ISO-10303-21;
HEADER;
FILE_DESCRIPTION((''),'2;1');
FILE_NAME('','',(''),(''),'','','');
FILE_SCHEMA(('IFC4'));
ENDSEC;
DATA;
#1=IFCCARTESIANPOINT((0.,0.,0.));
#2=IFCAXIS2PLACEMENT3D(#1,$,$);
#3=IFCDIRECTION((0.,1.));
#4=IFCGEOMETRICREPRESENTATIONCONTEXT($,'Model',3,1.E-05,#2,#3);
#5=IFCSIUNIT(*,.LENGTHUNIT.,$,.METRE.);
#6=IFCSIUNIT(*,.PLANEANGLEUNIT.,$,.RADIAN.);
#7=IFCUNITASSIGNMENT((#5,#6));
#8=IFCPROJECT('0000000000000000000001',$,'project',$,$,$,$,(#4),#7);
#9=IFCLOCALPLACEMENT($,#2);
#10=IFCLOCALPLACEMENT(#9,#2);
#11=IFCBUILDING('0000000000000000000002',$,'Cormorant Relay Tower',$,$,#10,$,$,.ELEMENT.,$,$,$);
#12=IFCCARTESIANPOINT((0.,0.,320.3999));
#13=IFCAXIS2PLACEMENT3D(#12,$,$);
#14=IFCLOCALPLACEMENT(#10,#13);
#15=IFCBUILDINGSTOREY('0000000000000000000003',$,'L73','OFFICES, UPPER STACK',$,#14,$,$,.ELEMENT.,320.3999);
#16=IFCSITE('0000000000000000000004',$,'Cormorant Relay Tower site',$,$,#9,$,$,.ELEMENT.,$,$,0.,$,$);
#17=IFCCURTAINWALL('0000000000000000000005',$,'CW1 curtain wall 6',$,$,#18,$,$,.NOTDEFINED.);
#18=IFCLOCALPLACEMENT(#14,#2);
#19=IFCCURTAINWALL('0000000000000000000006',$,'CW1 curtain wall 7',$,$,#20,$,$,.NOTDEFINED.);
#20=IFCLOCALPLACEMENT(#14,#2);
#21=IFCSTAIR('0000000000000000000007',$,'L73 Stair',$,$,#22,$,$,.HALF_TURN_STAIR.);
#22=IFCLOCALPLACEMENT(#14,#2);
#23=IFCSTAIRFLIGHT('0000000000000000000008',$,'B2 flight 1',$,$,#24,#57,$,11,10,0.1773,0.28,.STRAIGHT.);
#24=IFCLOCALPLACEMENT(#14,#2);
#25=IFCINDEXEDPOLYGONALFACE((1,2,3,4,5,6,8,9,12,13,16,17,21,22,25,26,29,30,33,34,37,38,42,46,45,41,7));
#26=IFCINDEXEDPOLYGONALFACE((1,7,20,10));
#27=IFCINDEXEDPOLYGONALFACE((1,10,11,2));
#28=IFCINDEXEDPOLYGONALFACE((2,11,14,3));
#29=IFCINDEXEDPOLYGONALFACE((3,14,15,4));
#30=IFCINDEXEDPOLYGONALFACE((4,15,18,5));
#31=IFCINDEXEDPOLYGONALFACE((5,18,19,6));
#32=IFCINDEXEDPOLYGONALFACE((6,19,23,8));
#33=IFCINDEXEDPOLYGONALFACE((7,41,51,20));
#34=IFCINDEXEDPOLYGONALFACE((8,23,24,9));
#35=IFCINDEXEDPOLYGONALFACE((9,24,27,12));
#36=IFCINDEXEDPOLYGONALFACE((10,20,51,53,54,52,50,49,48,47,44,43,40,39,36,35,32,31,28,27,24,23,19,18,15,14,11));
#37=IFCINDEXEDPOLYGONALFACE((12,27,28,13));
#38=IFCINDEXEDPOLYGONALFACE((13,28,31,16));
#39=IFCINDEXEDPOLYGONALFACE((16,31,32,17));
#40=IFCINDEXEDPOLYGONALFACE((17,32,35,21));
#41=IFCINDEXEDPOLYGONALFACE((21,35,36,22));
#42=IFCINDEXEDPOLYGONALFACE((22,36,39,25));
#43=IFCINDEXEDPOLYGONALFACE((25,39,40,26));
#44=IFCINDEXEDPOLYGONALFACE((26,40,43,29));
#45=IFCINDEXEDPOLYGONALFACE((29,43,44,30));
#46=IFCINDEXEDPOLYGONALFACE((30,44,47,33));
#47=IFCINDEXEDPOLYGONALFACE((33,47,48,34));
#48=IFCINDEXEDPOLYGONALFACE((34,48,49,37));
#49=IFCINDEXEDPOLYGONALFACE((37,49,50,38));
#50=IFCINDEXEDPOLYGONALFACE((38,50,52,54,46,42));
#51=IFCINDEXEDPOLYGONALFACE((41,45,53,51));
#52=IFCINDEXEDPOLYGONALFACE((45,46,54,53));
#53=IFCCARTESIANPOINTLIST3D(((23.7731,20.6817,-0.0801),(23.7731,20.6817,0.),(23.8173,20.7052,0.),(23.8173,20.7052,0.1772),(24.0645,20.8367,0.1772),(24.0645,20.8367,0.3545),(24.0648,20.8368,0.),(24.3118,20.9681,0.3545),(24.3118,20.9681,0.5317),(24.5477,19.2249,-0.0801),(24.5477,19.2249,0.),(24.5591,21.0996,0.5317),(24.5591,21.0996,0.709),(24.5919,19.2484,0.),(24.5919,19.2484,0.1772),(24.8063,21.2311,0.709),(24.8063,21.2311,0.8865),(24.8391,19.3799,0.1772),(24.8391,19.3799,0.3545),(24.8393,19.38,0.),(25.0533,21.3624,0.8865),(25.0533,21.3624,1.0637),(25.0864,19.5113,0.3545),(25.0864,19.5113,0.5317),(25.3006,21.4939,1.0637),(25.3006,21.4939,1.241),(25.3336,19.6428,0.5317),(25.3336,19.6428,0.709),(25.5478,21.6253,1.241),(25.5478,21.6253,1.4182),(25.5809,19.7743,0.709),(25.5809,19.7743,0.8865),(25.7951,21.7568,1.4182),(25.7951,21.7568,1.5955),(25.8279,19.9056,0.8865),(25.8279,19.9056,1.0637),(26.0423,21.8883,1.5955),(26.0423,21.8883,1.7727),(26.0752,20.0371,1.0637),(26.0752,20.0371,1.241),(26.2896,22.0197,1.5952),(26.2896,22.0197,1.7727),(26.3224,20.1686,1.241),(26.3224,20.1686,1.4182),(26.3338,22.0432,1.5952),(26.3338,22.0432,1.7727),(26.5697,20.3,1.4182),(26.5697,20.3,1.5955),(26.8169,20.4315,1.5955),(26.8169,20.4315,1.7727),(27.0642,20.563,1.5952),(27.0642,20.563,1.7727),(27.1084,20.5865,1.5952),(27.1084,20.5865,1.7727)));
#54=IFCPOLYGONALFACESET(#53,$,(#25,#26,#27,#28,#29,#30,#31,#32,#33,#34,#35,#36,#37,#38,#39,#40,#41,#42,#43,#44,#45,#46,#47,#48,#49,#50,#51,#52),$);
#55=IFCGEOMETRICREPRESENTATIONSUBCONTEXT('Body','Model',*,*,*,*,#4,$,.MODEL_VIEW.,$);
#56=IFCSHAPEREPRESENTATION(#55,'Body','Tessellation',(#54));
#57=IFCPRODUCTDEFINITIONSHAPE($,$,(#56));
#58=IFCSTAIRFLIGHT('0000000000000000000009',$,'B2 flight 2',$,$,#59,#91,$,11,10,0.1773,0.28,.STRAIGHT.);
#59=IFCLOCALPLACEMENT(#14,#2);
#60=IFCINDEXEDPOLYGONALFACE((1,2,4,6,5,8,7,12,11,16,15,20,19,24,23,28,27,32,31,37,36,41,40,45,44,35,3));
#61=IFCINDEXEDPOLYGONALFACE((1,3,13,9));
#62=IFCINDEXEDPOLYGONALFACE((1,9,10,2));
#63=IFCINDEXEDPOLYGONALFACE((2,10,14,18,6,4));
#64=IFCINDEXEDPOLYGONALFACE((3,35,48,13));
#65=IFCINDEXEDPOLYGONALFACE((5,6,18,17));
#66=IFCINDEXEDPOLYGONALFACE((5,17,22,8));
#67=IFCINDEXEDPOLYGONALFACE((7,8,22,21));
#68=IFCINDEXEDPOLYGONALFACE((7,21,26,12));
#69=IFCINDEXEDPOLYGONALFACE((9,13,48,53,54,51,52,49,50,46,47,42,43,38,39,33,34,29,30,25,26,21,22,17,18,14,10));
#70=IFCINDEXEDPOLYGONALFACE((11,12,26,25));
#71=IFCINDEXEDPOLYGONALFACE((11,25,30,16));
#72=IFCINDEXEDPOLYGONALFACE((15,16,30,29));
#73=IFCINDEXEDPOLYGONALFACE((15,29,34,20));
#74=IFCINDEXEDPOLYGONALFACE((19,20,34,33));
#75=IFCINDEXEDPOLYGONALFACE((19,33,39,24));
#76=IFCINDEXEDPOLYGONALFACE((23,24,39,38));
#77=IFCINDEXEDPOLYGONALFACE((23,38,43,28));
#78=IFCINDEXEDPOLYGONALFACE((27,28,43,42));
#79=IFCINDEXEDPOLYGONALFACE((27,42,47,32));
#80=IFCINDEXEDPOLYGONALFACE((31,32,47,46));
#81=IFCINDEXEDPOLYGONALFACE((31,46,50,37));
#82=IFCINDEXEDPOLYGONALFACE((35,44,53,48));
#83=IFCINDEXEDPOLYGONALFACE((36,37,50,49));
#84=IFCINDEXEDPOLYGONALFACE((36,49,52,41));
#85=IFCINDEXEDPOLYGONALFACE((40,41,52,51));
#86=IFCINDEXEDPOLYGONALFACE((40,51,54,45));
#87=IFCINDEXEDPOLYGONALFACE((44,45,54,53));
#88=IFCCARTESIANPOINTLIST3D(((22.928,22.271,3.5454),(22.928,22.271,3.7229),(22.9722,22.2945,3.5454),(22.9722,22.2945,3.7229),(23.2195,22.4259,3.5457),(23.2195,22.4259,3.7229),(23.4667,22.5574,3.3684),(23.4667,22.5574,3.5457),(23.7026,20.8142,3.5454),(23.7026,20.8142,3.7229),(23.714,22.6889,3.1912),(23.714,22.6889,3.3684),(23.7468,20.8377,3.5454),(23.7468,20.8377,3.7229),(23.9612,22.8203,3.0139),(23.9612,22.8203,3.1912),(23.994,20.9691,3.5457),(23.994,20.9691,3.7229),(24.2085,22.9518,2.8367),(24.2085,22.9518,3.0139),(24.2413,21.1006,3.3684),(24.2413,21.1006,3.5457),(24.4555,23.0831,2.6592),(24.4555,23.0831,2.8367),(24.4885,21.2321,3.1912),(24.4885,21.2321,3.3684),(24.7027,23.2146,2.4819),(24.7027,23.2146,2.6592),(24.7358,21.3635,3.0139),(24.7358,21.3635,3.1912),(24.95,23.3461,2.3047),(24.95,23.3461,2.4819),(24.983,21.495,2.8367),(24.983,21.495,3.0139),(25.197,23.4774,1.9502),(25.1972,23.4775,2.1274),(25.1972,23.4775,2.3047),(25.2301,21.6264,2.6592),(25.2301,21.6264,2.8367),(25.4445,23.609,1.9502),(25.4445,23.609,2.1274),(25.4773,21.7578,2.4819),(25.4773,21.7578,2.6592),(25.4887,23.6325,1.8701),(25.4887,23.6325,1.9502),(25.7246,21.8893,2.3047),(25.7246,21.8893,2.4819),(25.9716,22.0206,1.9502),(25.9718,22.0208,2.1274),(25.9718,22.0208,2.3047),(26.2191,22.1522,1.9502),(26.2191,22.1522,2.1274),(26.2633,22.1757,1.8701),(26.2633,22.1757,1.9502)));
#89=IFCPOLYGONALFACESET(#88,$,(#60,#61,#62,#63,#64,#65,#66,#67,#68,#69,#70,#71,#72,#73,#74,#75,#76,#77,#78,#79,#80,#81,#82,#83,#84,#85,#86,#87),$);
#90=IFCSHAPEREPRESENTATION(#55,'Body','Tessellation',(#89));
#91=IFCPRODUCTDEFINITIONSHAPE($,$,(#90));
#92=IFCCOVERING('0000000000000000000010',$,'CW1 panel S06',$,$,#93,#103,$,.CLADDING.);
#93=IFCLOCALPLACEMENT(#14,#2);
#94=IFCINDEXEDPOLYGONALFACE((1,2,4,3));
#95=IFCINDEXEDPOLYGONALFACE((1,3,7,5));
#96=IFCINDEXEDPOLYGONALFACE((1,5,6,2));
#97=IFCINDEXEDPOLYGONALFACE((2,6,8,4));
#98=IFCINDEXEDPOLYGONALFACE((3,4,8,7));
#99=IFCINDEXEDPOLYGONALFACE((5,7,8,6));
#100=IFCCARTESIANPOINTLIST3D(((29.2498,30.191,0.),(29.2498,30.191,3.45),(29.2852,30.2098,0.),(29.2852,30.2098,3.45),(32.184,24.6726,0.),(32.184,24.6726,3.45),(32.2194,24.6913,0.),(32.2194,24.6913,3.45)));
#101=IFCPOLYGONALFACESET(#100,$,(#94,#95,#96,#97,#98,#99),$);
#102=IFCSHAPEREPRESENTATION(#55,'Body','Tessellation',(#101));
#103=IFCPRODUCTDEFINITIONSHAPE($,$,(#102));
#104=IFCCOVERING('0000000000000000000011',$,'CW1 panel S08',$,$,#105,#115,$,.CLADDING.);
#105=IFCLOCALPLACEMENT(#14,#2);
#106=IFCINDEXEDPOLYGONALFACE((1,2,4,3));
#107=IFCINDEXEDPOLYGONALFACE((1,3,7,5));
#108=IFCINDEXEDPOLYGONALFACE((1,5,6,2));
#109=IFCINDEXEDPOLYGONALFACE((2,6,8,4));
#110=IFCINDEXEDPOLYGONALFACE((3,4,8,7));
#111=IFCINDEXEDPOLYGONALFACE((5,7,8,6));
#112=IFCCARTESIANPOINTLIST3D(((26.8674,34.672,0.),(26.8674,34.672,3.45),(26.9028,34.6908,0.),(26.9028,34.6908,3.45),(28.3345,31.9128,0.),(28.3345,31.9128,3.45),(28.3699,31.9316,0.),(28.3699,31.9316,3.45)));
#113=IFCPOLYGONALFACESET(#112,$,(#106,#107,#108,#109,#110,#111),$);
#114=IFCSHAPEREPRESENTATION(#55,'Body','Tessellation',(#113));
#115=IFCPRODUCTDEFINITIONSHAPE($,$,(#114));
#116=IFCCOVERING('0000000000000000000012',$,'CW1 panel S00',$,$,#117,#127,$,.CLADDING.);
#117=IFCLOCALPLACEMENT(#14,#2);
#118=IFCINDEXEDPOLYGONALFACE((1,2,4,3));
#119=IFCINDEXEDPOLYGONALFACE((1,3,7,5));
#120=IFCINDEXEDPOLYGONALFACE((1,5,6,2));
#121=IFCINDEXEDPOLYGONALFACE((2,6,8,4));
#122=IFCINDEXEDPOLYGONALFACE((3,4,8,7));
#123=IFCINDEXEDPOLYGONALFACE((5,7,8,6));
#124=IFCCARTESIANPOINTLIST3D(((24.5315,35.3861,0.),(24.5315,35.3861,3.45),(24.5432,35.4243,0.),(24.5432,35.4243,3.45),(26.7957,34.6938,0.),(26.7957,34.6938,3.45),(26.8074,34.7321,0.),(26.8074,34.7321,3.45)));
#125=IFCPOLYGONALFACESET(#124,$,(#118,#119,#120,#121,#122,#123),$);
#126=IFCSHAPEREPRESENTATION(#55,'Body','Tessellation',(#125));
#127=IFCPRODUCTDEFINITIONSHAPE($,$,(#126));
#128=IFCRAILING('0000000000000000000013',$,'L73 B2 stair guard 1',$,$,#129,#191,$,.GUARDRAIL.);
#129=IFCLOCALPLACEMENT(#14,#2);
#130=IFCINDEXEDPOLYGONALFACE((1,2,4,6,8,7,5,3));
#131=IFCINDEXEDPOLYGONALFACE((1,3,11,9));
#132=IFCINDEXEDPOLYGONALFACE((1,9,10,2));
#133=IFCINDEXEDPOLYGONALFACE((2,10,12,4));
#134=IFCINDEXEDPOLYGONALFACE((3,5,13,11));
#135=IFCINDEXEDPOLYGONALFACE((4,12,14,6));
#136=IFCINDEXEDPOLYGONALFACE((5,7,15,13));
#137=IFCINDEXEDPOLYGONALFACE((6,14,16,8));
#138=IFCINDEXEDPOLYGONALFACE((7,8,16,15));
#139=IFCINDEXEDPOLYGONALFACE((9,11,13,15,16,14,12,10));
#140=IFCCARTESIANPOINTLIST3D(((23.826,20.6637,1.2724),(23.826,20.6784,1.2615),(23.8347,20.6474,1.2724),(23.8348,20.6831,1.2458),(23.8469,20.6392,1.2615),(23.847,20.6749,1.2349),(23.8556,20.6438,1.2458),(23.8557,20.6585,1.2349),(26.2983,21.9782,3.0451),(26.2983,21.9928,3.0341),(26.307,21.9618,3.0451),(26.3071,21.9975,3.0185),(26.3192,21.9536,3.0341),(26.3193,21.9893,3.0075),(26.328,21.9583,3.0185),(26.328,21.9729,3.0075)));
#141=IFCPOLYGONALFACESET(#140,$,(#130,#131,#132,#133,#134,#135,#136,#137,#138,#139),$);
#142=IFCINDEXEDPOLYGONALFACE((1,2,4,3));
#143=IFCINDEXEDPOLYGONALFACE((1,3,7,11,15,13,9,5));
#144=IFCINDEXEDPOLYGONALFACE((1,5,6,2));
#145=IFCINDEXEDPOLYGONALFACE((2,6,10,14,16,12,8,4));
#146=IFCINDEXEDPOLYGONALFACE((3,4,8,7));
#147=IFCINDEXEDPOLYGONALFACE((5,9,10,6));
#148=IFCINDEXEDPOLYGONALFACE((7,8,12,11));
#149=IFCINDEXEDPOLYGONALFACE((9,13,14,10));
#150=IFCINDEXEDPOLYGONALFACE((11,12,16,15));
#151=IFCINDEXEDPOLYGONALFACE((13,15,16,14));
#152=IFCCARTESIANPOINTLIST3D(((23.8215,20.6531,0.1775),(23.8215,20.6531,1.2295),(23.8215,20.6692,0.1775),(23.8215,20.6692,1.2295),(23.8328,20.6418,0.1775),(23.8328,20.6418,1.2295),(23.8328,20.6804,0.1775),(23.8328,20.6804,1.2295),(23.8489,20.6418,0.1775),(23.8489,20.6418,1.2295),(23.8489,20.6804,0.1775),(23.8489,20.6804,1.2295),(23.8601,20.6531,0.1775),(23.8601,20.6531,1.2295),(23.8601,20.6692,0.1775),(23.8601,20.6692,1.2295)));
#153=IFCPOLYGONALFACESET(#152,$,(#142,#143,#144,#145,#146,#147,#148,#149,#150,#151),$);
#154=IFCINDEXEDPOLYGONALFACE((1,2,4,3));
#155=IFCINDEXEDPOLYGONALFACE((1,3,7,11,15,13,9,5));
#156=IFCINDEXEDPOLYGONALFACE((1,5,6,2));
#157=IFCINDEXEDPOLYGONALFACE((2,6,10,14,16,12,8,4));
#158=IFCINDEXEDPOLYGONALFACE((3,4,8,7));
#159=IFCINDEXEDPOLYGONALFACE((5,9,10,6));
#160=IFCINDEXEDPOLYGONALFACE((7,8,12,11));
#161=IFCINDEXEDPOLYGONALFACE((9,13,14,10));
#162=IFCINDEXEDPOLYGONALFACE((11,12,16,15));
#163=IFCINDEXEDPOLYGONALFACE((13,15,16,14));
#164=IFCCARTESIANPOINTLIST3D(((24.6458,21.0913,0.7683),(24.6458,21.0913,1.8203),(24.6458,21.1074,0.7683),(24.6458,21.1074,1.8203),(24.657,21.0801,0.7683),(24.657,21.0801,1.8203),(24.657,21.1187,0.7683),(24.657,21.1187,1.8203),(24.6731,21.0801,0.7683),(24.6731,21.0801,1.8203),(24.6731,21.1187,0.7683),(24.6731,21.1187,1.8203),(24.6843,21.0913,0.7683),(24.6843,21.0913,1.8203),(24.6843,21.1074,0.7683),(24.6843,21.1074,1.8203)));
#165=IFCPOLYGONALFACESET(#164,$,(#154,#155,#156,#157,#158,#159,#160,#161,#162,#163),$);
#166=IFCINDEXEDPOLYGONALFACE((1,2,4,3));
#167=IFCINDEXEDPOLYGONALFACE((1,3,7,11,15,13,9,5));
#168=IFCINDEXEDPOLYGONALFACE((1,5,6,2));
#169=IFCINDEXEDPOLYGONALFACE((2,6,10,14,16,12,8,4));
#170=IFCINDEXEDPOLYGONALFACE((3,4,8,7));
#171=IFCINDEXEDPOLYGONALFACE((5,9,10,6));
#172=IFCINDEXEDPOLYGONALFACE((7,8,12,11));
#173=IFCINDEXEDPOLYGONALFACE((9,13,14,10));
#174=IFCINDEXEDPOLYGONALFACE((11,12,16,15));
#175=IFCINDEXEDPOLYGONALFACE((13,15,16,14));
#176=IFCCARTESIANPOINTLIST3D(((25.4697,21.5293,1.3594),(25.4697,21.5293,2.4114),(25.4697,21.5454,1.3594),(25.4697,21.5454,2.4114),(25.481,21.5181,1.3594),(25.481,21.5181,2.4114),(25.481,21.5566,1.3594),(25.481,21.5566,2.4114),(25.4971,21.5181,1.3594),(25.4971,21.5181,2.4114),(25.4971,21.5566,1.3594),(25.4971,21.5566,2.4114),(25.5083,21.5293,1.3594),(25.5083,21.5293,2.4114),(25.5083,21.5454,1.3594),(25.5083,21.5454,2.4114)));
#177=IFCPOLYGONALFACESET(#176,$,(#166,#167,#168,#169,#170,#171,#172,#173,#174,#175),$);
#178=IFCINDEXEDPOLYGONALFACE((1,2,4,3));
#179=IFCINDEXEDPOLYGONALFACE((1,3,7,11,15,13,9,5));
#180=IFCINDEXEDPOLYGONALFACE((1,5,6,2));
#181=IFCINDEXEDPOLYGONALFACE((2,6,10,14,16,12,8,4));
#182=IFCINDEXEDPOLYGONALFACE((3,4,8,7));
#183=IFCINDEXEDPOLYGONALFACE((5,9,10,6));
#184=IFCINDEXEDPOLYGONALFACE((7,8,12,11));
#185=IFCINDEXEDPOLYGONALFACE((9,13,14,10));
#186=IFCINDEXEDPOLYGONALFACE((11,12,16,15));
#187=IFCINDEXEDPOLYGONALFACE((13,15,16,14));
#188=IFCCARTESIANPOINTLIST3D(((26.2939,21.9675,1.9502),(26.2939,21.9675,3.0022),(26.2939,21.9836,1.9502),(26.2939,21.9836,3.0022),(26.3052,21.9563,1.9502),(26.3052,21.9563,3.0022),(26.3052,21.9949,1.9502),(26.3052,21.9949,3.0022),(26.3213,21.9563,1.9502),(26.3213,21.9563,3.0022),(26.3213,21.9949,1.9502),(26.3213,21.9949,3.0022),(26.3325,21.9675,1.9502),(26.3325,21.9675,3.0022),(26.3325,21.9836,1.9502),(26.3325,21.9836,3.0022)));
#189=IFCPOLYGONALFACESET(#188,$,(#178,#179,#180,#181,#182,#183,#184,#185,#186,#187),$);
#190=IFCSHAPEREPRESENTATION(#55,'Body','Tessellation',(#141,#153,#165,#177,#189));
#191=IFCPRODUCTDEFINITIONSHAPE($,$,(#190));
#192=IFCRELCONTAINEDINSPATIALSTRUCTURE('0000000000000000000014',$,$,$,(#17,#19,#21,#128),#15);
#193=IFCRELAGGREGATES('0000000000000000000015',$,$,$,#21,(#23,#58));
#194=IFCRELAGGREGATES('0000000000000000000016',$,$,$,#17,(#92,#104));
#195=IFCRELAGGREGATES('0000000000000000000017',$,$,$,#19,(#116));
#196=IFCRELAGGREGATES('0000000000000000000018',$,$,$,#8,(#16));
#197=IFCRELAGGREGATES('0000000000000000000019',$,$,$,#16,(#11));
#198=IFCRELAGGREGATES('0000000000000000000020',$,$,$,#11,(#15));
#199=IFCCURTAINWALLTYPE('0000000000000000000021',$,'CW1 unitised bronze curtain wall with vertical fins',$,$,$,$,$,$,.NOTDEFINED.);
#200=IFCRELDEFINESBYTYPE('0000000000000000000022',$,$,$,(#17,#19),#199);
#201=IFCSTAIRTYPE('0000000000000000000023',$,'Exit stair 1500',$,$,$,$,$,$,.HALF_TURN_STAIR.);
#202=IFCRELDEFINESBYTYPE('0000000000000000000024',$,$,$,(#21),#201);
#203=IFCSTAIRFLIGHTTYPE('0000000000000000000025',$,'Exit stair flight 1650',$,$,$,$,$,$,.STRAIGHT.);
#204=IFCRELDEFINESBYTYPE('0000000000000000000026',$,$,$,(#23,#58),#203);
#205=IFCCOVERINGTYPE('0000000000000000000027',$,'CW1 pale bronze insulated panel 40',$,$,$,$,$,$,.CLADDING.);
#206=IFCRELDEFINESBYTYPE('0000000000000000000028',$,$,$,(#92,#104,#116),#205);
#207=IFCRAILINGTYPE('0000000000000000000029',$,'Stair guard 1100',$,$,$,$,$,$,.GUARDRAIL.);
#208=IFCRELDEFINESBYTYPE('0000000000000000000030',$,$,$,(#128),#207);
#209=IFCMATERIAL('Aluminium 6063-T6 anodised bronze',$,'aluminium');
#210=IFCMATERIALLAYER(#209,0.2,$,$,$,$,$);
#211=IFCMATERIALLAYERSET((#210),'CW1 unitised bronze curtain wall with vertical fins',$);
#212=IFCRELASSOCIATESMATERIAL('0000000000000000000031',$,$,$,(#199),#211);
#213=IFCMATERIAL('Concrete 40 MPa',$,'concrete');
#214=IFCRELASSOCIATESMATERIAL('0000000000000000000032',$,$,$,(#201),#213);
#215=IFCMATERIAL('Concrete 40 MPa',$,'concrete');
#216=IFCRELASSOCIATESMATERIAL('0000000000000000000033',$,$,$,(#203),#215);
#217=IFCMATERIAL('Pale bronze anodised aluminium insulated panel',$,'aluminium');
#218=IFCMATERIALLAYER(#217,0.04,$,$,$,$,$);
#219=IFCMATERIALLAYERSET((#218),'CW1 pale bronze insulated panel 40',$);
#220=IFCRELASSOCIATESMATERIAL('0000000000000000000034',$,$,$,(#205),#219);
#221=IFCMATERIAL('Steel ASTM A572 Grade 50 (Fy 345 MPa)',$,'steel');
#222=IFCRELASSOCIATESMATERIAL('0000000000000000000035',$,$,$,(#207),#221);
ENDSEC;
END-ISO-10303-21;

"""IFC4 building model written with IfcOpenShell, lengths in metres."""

from ifc_helpers import new_model, si_unit, direction, frame, origin, origin_2d, place, context, subcontext, project, spatial, polyline, rectangle, outline, extrude, material, layer, layer_set, type_object, element, aggregate, save


model = new_model("IFC4")

# Units and contexts
model_context = context("Model", 3, precision=1e-05, world=origin(), true_north=direction((0.0, 1.0)))
body_context = subcontext(model_context, "Body", "Model", "MODEL_VIEW")
ifc_project = project(units=[si_unit("LENGTHUNIT", "METRE"), si_unit("PLANEANGLEUNIT", "RADIAN")], contexts=[model_context])

# Site, building, storey
site_placement = place(None, origin())
site = spatial("IfcSite", under=ifc_project, at=site_placement, Name="Cormorant Relay Tower site", CompositionType="ELEMENT", RefElevation=0.0)
building_placement = place(site_placement, origin())
building = spatial("IfcBuilding", under=site, at=building_placement, Name="Cormorant Relay Tower", CompositionType="ELEMENT")
storey_placement = place(building_placement, frame((0.0, 0.0, 320.3999)))
storey = spatial("IfcBuildingStorey", under=building, at=storey_placement, Name="L73", Description="OFFICES, UPPER STACK", CompositionType="ELEMENT", Elevation=320.3999)

# Curtain walls
ifc_material_1 = material(Name="Aluminium 6063-T6 anodised bronze", Category="aluminium")
ifc_layer_1 = layer(ifc_material_1, 0.2)
ifc_layer_set_1 = layer_set([ifc_layer_1], Name="CW1 unitised bronze curtain wall with vertical fins")
curtain_wall_type = type_object("IfcCurtainWallType", Name="CW1 unitised bronze curtain wall with vertical fins", PredefinedType="NOTDEFINED", material=ifc_layer_set_1)
curtain_wall_1_placement = place(storey_placement, origin())
curtain_wall_1 = element("IfcCurtainWall", 1, at=curtain_wall_1_placement, inside=storey, type_object=curtain_wall_type, Name="CW1 curtain wall 6", PredefinedType="NOTDEFINED")
curtain_wall_2_placement = place(storey_placement, origin())
curtain_wall_2 = element("IfcCurtainWall", 2, at=curtain_wall_2_placement, inside=storey, type_object=curtain_wall_type, Name="CW1 curtain wall 7", PredefinedType="NOTDEFINED")

# Stair, stair flights
ifc_material_2 = material(Name="Concrete 40 MPa", Category="concrete")
stair_type = type_object("IfcStairType", Name="Exit stair 1500", PredefinedType="HALF_TURN_STAIR", material=ifc_material_2)
stair_placement = place(storey_placement, origin())
stair = element("IfcStair", 3, at=stair_placement, inside=storey, type_object=stair_type, Name="L73 Stair", PredefinedType="HALF_TURN_STAIR")
ifc_material_3 = material(Name="Concrete 40 MPa", Category="concrete")
stair_flight_type = type_object("IfcStairFlightType", Name="Exit stair flight 1650", PredefinedType="STRAIGHT", material=ifc_material_3)
stair_flight_1_placement = place(storey_placement, frame((24.2046, 19.9768, 0.0), z_axis=(0.0, 0.0, 1.0), x_axis=(0.882948, 0.469472, 0.0)))
stair_flight_1 = element("IfcStairFlight", 4, at=stair_flight_1_placement, type_object=stair_flight_type, Name="B2 flight 1", NumberOfRisers=11, NumberOfTreads=10, PredefinedType="STRAIGHT", RiserHeight=0.1773, TreadLength=0.28, context=body_context, shape_type="SweptSolid", body=[
    extrude(outline(polyline([(-0.05, -0.0801), (-0.05, 0.0), (0.0, 0.0), (0.0, 0.1772), (0.28, 0.1772), (0.28, 0.3545), (0.5601, 0.3545), (0.5601, 0.5317), (0.8401, 0.5317), (0.8401, 0.709), (1.1201, 0.709), (1.1201, 0.8865), (1.3999, 0.8865), (1.3999, 1.0637), (1.6799, 1.0637), (1.6799, 1.241), (1.96, 1.241), (1.96, 1.4182), (2.24, 1.4182), (2.24, 1.5955), (2.52, 1.5955), (2.52, 1.7727), (2.8, 1.7727), (2.8501, 1.7727), (2.8501, 1.5952), (2.8, 1.5952), (0.2803, 0.0), (-0.05, -0.0801)])), frame((0.0, 0.825, 0.0), z_axis=(0.0, -1.0, 0.0), x_axis=(1.0, 0.0, 0.0)), (0.0, 0.0, 1.0), 1.6499),
])
stair_flight_2_placement = place(storey_placement, frame((25.8318, 22.8806, 1.9502), z_axis=(0.0, 0.0, 1.0), x_axis=(-0.882948, -0.469472, 0.0)))
stair_flight_2 = element("IfcStairFlight", 5, at=stair_flight_2_placement, type_object=stair_flight_type, Name="B2 flight 2", NumberOfRisers=11, NumberOfTreads=10, PredefinedType="STRAIGHT", RiserHeight=0.1773, TreadLength=0.28, context=body_context, shape_type="SweptSolid", body=[
    extrude(outline(polyline([(-0.05, -0.0801), (-0.05, 0.0), (0.0, 0.0), (0.0, 0.1772), (0.28, 0.1772), (0.28, 0.3545), (0.5601, 0.3545), (0.5601, 0.5317), (0.8401, 0.5317), (0.8401, 0.709), (1.1201, 0.709), (1.1201, 0.8865), (1.3999, 0.8865), (1.3999, 1.0637), (1.6799, 1.0637), (1.6799, 1.241), (1.96, 1.241), (1.96, 1.4182), (2.24, 1.4182), (2.24, 1.5955), (2.52, 1.5955), (2.52, 1.7727), (2.8, 1.7727), (2.8501, 1.7727), (2.8501, 1.5952), (2.8, 1.5952), (0.2803, 0.0), (-0.05, -0.0801)])), frame((0.0, 0.825, 0.0), z_axis=(0.0, -1.0, 0.0), x_axis=(1.0, 0.0, 0.0)), (0.0, 0.0, 1.0), 1.6499),
])
aggregate(stair, [stair_flight_1, stair_flight_2])

# Coverings
ifc_material_4 = material(Name="Pale bronze anodised aluminium insulated panel", Category="aluminium")
ifc_layer_2 = layer(ifc_material_4, 0.04)
ifc_layer_set_2 = layer_set([ifc_layer_2], Name="CW1 pale bronze insulated panel 40")
covering_type = type_object("IfcCoveringType", Name="CW1 pale bronze insulated panel 40", PredefinedType="CLADDING", material=ifc_layer_set_2)
covering_1_placement = place(storey_placement, frame((30.7346, 27.4412, 0.0), z_axis=(0.0, 0.0, 1.0), x_axis=(-0.469472, 0.882948, 0.0)))
covering_1 = element("IfcCovering", 6, at=covering_1_placement, type_object=covering_type, Name="CW1 panel S06", PredefinedType="CLADDING", context=body_context, shape_type="SweptSolid", body=[
    extrude(rectangle(XDim=6.25, YDim=0.04, at=origin_2d()), origin(), (0.0, 0.0, 1.0), 3.45),
])
covering_2_placement = place(storey_placement, frame((27.6187, 33.3018, 0.0), z_axis=(0.0, 0.0, 1.0), x_axis=(-0.469472, 0.882948, 0.0)))
covering_2 = element("IfcCovering", 7, at=covering_2_placement, type_object=covering_type, Name="CW1 panel S08", PredefinedType="CLADDING", context=body_context, shape_type="SweptSolid", body=[
    extrude(rectangle(XDim=3.125, YDim=0.04, at=origin_2d()), origin(), (0.0, 0.0, 1.0), 3.45),
])
aggregate(curtain_wall_1, [covering_1, covering_2])
covering_3_placement = place(storey_placement, frame((25.6694, 35.0591, 0.0), z_axis=(0.0, 0.0, 1.0), x_axis=(-0.956305, 0.292372, 0.0)))
covering_3 = element("IfcCovering", 8, at=covering_3_placement, type_object=covering_type, Name="CW1 panel S00", PredefinedType="CLADDING", context=body_context, shape_type="SweptSolid", body=[
    extrude(rectangle(XDim=2.3677, YDim=0.04, at=origin_2d()), origin(), (0.0, 0.0, 1.0), 3.45),
])
aggregate(curtain_wall_2, [covering_3])

# Railing
ifc_material_5 = material(Name="Steel ASTM A572 Grade 50 (Fy 345 MPa)", Category="steel")
railing_type_1 = type_object("IfcRailingType", Name="Stair guard 1100", PredefinedType="GUARDRAIL", material=ifc_material_5)
railing_1_placement = place(storey_placement, frame((23.8408, 20.6611, 0.1775)))
element("IfcRailing", 9, at=railing_1_placement, inside=storey, type_object=railing_type_1, Name="L73 B2 stair guard 1", PredefinedType="GUARDRAIL", context=body_context, shape_type="SweptSolid", body=[
    extrude(outline(polyline([(0.0222, 0.0093), (0.0093, 0.0222), (-0.0093, 0.0222), (-0.0222, 0.0093), (-0.0222, -0.0093), (-0.0093, -0.0222), (0.0093, -0.0222), (0.0222, -0.0093), (0.0222, 0.0093)])), frame((0.0, 0.0, 1.0762), z_axis=(0.746034, 0.396627, 0.534902), x_axis=(-0.469429, 0.88297, 0.0)), (0.0, 0.0, 1.0), 3.314),
    extrude(outline(polyline([(0.0193, 0.0081), (0.0081, 0.0193), (-0.0081, 0.0193), (-0.0193, 0.0081), (-0.0193, -0.0081), (-0.0081, -0.0193), (0.0081, -0.0193), (0.0193, -0.0081), (0.0193, 0.0081)])), origin(), (0.0, 0.0, 1.0), 1.052),
    extrude(outline(polyline([(0.0193, 0.0081), (0.0081, 0.0193), (-0.0081, 0.0193), (-0.0193, 0.0081), (-0.0193, -0.0081), (-0.0081, -0.0193), (0.0081, -0.0193), (0.0193, -0.0081), (0.0193, 0.0081)])), frame((0.8242, 0.4382, 0.5908)), (0.0, 0.0, 1.0), 1.052),
    extrude(outline(polyline([(0.0193, 0.0081), (0.0081, 0.0193), (-0.0081, 0.0193), (-0.0193, 0.0081), (-0.0193, -0.0081), (-0.0081, -0.0193), (0.0081, -0.0193), (0.0193, -0.0081), (0.0193, 0.0081)])), frame((1.6482, 0.8762, 1.1819)), (0.0, 0.0, 1.0), 1.052),
    extrude(outline(polyline([(0.0193, 0.0081), (0.0081, 0.0193), (-0.0081, 0.0193), (-0.0193, 0.0081), (-0.0193, -0.0081), (-0.0081, -0.0193), (0.0081, -0.0193), (0.0193, -0.0081), (0.0193, 0.0081)])), frame((2.4724, 1.3145, 1.7727)), (0.0, 0.0, 1.0), 1.052),
])

save(model, "model.ifc")
